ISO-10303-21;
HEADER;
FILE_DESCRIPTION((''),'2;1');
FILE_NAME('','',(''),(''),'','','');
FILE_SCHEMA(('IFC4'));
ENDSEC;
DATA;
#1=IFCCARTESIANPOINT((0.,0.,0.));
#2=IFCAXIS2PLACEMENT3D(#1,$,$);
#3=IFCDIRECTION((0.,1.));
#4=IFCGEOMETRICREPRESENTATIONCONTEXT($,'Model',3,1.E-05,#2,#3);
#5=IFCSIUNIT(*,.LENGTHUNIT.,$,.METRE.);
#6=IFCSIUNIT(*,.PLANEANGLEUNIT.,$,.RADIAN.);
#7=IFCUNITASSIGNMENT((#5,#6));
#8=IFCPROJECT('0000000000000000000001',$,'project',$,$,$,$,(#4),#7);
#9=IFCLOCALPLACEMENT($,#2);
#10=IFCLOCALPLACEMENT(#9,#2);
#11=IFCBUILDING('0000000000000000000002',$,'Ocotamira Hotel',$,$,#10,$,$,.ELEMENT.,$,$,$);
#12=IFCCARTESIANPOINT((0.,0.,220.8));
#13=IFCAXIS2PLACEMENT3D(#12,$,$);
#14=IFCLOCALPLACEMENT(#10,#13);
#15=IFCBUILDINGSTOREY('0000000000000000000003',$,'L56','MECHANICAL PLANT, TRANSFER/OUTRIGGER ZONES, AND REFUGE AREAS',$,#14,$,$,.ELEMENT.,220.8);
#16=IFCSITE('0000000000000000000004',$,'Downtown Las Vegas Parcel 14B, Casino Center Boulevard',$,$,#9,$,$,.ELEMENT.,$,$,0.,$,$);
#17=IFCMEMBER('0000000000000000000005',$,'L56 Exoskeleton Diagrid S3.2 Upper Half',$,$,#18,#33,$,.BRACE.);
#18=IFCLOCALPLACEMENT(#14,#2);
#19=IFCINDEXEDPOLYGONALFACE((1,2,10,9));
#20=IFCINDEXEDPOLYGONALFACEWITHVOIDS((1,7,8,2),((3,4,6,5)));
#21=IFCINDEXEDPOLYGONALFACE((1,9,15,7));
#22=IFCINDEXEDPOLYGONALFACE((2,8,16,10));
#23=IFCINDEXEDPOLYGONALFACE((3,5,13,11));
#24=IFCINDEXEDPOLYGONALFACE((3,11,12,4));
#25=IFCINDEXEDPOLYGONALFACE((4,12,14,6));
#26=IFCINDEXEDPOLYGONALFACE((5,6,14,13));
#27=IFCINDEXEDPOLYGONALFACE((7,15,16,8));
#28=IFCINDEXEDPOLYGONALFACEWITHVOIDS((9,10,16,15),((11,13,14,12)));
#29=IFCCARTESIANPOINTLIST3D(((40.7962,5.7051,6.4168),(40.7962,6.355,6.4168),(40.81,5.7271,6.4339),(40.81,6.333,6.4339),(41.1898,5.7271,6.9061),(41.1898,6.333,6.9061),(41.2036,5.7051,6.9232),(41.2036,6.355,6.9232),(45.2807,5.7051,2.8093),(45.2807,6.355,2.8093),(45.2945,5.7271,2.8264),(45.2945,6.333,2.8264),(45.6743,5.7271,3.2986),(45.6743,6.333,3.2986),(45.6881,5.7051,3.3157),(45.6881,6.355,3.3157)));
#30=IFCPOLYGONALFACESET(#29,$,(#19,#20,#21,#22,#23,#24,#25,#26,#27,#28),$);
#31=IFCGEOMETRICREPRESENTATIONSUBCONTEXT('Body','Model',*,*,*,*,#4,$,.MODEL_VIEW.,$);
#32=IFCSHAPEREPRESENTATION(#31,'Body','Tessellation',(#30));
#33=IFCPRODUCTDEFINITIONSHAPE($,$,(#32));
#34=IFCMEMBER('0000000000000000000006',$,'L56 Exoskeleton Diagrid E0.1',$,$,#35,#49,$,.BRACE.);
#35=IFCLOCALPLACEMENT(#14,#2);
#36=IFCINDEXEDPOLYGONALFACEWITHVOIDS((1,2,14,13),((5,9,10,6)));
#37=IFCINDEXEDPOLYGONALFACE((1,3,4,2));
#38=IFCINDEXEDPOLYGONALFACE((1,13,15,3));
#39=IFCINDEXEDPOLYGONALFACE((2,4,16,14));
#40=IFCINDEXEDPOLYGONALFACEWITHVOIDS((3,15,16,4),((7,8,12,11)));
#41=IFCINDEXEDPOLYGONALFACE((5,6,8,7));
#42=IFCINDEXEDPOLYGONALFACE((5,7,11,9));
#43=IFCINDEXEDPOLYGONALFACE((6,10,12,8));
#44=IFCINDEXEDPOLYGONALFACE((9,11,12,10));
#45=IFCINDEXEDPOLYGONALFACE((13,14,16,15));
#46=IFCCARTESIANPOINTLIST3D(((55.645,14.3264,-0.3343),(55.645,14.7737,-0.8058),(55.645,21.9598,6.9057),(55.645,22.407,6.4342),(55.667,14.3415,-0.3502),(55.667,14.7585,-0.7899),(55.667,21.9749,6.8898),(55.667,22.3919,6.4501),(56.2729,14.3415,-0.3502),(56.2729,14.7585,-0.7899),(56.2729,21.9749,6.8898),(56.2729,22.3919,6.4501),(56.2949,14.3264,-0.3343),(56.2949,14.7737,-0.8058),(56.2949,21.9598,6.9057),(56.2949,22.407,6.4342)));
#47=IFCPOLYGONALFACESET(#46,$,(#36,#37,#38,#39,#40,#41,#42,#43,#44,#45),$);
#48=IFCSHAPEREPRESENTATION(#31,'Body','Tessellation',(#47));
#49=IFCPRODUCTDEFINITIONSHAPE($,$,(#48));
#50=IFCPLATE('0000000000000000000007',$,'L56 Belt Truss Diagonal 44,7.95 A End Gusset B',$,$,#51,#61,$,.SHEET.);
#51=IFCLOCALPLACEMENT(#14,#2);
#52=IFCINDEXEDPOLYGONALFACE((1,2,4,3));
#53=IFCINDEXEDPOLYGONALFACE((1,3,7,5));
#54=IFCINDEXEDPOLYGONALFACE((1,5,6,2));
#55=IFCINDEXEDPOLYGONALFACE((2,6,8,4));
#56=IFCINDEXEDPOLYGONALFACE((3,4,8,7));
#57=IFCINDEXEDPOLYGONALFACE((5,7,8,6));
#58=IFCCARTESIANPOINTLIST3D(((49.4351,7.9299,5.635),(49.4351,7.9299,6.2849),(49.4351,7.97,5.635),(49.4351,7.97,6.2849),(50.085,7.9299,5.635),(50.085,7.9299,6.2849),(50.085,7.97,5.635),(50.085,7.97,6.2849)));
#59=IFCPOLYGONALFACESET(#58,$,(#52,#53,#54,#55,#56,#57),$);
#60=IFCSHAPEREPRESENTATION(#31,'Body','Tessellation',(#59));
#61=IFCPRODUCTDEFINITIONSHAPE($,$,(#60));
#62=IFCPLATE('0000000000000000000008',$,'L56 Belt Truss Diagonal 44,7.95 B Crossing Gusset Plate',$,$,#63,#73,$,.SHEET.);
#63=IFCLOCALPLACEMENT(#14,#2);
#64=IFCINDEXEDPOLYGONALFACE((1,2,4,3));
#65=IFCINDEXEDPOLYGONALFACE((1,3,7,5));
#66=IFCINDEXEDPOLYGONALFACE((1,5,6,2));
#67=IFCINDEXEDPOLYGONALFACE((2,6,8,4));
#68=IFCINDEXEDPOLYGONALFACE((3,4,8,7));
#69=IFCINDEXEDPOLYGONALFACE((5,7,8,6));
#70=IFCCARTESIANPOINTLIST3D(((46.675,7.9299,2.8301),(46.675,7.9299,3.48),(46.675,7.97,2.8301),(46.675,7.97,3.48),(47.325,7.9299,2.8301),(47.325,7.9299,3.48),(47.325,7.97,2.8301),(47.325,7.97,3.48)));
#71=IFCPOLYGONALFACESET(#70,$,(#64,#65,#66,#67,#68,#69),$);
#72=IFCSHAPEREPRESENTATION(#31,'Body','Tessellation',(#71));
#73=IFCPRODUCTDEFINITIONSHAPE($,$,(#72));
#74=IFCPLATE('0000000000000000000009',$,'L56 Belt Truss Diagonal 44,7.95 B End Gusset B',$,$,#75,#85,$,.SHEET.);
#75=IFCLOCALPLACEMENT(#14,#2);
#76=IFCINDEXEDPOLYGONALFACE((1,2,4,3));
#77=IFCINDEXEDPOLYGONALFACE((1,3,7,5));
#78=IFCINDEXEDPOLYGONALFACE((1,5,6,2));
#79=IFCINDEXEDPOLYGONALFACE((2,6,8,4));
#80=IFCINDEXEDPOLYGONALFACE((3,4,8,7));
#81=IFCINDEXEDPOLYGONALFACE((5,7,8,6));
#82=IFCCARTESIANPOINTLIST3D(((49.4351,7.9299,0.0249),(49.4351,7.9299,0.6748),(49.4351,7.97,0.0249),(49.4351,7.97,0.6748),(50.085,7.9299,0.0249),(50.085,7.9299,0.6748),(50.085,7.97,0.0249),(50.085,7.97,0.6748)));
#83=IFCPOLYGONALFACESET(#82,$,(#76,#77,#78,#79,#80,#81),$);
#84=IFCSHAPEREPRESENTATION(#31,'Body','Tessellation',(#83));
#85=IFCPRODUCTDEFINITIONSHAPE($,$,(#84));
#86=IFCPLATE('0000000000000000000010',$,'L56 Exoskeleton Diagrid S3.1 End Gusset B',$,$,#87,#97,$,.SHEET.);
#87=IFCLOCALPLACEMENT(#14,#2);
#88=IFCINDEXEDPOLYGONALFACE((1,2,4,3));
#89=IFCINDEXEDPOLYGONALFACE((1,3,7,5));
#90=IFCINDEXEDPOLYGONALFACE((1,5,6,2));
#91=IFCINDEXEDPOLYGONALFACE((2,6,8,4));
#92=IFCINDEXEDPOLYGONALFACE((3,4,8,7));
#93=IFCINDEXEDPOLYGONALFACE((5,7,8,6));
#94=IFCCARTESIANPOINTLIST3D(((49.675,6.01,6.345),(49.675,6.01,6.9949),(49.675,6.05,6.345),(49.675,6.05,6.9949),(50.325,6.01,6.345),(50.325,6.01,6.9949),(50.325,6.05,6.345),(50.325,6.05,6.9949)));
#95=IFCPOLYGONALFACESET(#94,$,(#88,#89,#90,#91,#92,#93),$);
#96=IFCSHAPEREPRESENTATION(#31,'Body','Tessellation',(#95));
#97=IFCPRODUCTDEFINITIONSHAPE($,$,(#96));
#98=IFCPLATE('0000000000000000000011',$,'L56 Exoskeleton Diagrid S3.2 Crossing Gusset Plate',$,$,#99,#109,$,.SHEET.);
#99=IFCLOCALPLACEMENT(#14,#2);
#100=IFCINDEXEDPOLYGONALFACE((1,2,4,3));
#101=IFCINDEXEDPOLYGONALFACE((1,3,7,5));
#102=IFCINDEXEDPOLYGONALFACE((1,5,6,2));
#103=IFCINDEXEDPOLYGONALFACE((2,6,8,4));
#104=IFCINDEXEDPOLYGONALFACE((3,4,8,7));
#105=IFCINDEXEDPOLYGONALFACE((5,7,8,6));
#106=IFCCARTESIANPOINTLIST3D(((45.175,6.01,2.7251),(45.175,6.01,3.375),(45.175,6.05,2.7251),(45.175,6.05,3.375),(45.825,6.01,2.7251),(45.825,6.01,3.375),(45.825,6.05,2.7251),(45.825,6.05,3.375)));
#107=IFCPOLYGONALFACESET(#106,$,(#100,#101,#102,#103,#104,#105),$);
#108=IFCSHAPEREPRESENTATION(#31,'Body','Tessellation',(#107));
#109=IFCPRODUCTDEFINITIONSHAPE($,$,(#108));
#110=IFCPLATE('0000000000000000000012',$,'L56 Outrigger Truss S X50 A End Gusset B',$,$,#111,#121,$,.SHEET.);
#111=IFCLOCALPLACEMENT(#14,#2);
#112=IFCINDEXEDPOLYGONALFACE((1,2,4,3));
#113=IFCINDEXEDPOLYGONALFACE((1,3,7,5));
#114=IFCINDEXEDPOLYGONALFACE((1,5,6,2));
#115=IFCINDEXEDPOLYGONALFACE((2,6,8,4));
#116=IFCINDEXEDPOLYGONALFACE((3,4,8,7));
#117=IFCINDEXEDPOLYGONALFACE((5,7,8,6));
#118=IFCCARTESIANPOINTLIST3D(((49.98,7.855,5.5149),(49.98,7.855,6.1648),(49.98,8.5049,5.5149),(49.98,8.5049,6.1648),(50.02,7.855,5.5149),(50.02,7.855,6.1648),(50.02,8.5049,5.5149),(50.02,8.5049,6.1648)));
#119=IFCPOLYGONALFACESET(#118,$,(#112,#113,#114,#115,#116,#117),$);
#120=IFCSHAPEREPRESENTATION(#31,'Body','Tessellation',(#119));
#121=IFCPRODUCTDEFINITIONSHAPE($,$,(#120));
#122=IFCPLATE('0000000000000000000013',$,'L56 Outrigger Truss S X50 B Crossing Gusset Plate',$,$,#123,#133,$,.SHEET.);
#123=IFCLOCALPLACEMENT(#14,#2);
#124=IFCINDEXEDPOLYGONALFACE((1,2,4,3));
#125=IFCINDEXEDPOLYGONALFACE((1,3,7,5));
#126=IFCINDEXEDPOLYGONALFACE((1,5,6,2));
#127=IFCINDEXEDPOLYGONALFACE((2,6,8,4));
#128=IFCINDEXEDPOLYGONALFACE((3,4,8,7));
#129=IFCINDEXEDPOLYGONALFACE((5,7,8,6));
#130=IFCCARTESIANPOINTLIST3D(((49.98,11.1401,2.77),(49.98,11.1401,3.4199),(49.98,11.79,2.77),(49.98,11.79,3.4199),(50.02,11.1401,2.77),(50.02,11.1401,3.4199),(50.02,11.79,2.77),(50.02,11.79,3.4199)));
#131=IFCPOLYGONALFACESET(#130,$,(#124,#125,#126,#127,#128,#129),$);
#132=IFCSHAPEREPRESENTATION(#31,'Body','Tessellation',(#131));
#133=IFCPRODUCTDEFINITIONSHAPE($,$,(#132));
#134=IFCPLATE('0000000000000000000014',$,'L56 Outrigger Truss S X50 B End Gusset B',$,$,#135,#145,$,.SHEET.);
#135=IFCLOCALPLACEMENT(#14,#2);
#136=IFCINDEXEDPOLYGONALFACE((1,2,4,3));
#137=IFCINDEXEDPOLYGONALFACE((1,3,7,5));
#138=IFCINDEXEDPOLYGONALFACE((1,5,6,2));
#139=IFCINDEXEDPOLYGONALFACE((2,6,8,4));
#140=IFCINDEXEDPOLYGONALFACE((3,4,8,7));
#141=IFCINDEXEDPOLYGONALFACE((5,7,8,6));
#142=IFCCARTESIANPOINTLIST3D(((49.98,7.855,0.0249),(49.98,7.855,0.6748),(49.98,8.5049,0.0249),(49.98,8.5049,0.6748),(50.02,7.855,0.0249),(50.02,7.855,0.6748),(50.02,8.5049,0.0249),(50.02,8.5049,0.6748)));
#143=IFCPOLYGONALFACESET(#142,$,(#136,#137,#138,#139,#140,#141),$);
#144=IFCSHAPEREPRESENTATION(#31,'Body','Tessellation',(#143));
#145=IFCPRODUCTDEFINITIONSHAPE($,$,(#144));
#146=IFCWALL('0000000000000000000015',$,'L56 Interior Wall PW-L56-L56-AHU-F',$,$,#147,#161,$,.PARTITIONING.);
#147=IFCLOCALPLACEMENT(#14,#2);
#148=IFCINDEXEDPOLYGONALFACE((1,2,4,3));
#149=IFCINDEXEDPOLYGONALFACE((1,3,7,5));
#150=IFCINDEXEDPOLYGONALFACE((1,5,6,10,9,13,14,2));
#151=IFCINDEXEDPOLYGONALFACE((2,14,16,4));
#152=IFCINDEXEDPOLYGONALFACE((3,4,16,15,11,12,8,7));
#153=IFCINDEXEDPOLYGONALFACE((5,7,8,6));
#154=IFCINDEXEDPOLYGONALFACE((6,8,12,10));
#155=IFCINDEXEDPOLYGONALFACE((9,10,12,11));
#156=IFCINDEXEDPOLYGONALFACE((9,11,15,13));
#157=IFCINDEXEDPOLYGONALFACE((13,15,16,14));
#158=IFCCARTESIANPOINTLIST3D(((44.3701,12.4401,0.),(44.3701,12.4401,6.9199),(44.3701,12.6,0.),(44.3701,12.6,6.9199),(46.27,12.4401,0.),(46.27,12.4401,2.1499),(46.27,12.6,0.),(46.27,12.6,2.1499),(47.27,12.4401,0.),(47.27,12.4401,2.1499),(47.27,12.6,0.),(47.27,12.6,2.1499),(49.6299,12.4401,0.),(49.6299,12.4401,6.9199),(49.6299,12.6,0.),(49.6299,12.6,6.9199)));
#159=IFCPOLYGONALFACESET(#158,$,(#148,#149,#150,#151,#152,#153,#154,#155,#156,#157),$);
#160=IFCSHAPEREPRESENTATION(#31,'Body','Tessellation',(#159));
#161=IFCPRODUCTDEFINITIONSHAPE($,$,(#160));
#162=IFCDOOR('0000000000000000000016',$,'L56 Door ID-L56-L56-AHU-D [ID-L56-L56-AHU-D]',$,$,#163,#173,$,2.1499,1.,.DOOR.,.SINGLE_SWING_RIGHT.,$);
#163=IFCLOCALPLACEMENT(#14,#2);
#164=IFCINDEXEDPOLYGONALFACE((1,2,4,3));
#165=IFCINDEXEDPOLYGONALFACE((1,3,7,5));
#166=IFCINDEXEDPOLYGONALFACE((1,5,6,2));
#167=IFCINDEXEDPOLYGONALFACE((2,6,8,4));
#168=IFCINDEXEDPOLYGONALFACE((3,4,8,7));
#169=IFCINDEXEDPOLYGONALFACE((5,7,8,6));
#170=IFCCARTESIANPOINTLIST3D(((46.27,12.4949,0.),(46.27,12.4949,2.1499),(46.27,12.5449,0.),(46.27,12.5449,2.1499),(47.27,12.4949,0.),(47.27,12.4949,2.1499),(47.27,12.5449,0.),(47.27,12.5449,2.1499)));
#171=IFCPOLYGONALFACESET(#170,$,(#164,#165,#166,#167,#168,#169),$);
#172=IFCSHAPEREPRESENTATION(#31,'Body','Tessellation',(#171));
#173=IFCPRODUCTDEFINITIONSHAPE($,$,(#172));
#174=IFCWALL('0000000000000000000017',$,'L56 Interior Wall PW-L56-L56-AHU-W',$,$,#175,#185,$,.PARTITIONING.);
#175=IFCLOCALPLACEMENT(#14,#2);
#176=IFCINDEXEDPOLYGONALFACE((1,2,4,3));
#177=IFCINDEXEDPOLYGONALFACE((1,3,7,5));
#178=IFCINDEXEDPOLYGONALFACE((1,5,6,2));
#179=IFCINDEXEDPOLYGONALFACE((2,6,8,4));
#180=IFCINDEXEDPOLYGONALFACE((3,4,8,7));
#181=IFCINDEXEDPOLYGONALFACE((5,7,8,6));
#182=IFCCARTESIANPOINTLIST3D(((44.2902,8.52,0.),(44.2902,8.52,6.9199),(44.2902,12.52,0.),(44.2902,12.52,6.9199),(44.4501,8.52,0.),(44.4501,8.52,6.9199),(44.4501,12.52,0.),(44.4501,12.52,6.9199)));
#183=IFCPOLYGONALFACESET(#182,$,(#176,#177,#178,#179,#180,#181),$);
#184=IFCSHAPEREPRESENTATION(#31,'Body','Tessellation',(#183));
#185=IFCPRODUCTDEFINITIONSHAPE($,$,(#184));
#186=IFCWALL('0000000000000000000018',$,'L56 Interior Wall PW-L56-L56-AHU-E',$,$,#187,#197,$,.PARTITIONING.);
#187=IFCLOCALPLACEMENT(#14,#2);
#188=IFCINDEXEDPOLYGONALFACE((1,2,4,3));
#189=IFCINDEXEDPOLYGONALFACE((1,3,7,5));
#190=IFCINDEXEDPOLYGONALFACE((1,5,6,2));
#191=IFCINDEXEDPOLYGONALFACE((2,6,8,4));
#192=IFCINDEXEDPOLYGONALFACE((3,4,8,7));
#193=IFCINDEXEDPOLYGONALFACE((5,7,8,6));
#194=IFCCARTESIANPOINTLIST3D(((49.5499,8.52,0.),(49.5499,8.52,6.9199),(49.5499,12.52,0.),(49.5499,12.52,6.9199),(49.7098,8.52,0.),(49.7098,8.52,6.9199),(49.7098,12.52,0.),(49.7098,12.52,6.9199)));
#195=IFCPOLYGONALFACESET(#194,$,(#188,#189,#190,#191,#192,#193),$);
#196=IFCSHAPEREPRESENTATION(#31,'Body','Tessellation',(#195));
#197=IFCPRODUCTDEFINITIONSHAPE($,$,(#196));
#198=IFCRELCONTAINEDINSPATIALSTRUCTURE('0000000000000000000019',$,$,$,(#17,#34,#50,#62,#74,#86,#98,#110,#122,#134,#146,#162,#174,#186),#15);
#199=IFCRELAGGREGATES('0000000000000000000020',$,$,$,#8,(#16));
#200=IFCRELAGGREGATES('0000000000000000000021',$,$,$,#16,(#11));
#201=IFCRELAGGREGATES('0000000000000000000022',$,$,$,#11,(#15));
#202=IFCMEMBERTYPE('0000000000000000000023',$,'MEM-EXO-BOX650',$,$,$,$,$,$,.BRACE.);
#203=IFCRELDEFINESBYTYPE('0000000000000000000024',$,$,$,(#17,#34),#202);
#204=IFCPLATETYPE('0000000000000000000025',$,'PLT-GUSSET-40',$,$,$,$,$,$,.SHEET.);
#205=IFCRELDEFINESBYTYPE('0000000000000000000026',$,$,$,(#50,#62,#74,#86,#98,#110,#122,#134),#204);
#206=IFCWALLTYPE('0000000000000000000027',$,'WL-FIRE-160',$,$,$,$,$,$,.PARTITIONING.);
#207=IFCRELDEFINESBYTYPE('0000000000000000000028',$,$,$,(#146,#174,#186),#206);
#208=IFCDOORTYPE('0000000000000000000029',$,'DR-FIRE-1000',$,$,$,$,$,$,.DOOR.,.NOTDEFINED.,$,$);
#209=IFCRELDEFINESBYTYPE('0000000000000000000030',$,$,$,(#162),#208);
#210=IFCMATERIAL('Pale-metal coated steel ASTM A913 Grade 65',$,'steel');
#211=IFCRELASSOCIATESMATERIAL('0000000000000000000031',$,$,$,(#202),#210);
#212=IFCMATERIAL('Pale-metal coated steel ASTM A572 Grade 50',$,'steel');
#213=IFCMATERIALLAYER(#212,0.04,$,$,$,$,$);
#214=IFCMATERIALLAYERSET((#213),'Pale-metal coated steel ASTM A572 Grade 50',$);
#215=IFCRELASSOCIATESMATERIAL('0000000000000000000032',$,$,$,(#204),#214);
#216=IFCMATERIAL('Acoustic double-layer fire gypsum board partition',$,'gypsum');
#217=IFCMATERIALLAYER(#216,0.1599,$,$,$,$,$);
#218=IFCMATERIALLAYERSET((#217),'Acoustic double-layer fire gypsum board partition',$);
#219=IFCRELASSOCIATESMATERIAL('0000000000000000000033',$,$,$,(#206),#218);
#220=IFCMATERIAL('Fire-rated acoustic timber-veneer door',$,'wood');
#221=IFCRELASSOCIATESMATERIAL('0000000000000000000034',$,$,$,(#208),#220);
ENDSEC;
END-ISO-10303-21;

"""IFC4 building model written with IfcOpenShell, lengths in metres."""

from ifc_helpers import new_model, si_unit, direction, frame, frame_2d, origin, origin_2d, place, context, subcontext, project, spatial, rectangle, hollow_rectangle, extrude, source, transform, mapped, material, layer, layer_set, material_profile, profile_set, type_object, element, fill, save


model = new_model("IFC4")

# Units and contexts
model_context = context("Model", 3, precision=1e-05, world=origin(), true_north=direction((0.0, 1.0)))
body_context = subcontext(model_context, "Body", "Model", "MODEL_VIEW")
ifc_project = project(units=[si_unit("LENGTHUNIT", "METRE"), si_unit("PLANEANGLEUNIT", "RADIAN")], contexts=[model_context])

# Site, building, storey
site_placement = place(None, origin())
site = spatial("IfcSite", under=ifc_project, at=site_placement, Name="Downtown Las Vegas Parcel 14B, Casino Center Boulevard", CompositionType="ELEMENT", RefElevation=0.0)
building_placement = place(site_placement, origin())
building = spatial("IfcBuilding", under=site, at=building_placement, Name="Ocotamira Hotel", CompositionType="ELEMENT")
storey_placement = place(building_placement, frame((0.0, 0.0, 220.8)))
storey = spatial("IfcBuildingStorey", under=building, at=storey_placement, Name="L56", Description="MECHANICAL PLANT, TRANSFER/OUTRIGGER ZONES, AND REFUGE AREAS", CompositionType="ELEMENT", Elevation=220.8)

# Members
ifc_material_1 = material(Name="Pale-metal coated steel ASTM A913 Grade 65", Category="steel")
ifc_material_profile_1 = material_profile(ifc_material_1, hollow_rectangle(XDim=0.6499, YDim=0.6499, WallThickness=0.022, at=origin_2d()), Name="BOX650X650X22")
ifc_profile_set_1 = profile_set([ifc_material_profile_1], Name="Pale-metal coated steel ASTM A913 Grade 65")
member_type_1 = type_object("IfcMemberType", Name="MEM-EXO-BOX650", PredefinedType="BRACE", material=ifc_profile_set_1)
shared_shape_1 = source(origin(), body_context, "Body", "SweptSolid", [
    extrude(hollow_rectangle(XDim=0.6499, YDim=0.6499, WallThickness=0.022, at=origin_2d()), origin(), (0.0, 0.0, 1.0), 5.7554),
])
for number, where, z_axis, x_axis, name in (
    (1, (45.4844, 6.03, 3.0625), (-0.779177, 0.0, 0.626803), (0.0, -1.0, 0.0), "L56 Exoskeleton Diagrid S3.2 Upper Half"),
):
    element("IfcMember", number, at=place(storey_placement, frame(where, z_axis=z_axis, x_axis=x_axis)), inside=storey, type_object=member_type_1, Name=name, PredefinedType="BRACE", context=body_context, shape_type="MappedRepresentation", body=[
        mapped(shared_shape_1, transform((0.0, 0.0, 0.0), scale=1.0)),
    ])
shared_shape_2 = source(origin(), body_context, "Body", "SweptSolid", [
    extrude(hollow_rectangle(XDim=0.6499, YDim=0.6499, WallThickness=0.022, at=origin_2d()), origin(), (0.0, 0.0, 1.0), 10.5208),
])
member_1_placement = place(storey_placement, frame((55.97, 14.55, -0.5701), z_axis=(0.0, 0.725552, 0.688167), x_axis=(-1.0, 0.0, 0.0)))
element("IfcMember", 2, at=member_1_placement, inside=storey, type_object=member_type_1, Name="L56 Exoskeleton Diagrid E0.1", PredefinedType="BRACE", context=body_context, shape_type="MappedRepresentation", body=[
    mapped(shared_shape_2, transform((0.0, 0.0, 0.0), scale=1.0)),
])

# Plates
ifc_material_2 = material(Name="Pale-metal coated steel ASTM A572 Grade 50", Category="steel")
ifc_layer_1 = layer(ifc_material_2, 0.04)
ifc_layer_set_1 = layer_set([ifc_layer_1], Name="Pale-metal coated steel ASTM A572 Grade 50")
plate_type = type_object("IfcPlateType", Name="PLT-GUSSET-40", PredefinedType="SHEET", material=ifc_layer_set_1)
shared_shape_3 = source(origin(), body_context, "Body", "SweptSolid", [
    extrude(rectangle(XDim=0.6499, YDim=0.04, at=origin_2d()), origin(), (0.0, 0.0, 1.0), 0.6499),
])
for number, where, z_axis, x_axis, name in (
    (3, (49.76, 7.95, 5.635), (0.0, 0.0, 1.0), (1.0, 0.0, 0.0), "L56 Belt Truss Diagonal 44,7.95 A End Gusset B"),
    (4, (47.0, 7.95, 2.8301), (0.0, 0.0, 1.0), (1.0, 0.0, 0.0), "L56 Belt Truss Diagonal 44,7.95 B Crossing Gusset Plate"),
    (5, (49.76, 7.95, 0.0249), (0.0, 0.0, 1.0), (1.0, 0.0, 0.0), "L56 Belt Truss Diagonal 44,7.95 B End Gusset B"),
    (6, (50.0, 6.03, 6.345), (0.0, 0.0, 1.0), (1.0, 0.0, 0.0), "L56 Exoskeleton Diagrid S3.1 End Gusset B"),
    (7, (45.5, 6.03, 2.7251), (0.0, 0.0, 1.0), (-1.0, 0.0, 0.0), "L56 Exoskeleton Diagrid S3.2 Crossing Gusset Plate"),
):
    element("IfcPlate", number, at=place(storey_placement, frame(where, z_axis=z_axis, x_axis=x_axis)), inside=storey, type_object=plate_type, Name=name, PredefinedType="SHEET", context=body_context, shape_type="MappedRepresentation", body=[
        mapped(shared_shape_3, transform((0.0, 0.0, 0.0), scale=1.0)),
    ])
shared_shape_4 = source(origin(), body_context, "Body", "SweptSolid", [
    extrude(rectangle(XDim=0.04, YDim=0.6499, at=origin_2d()), origin(), (0.0, 0.0, 1.0), 0.6499),
])
for number, where, z_axis, x_axis, name in (
    (8, (50.0, 8.1799, 5.5149), (0.0, 0.0, 1.0), (1.0, 0.0, 0.0), "L56 Outrigger Truss S X50 A End Gusset B"),
    (9, (50.0, 11.4651, 2.77), (0.0, 0.0, 1.0), (1.0, 0.0, 0.0), "L56 Outrigger Truss S X50 B Crossing Gusset Plate"),
    (10, (50.0, 8.1799, 0.0249), (0.0, 0.0, 1.0), (1.0, 0.0, 0.0), "L56 Outrigger Truss S X50 B End Gusset B"),
):
    element("IfcPlate", number, at=place(storey_placement, frame(where, z_axis=z_axis, x_axis=x_axis)), inside=storey, type_object=plate_type, Name=name, PredefinedType="SHEET", context=body_context, shape_type="MappedRepresentation", body=[
        mapped(shared_shape_4, transform((0.0, 0.0, 0.0), scale=1.0)),
    ])

# Wall, opening, door
ifc_material_3 = material(Name="Acoustic double-layer fire gypsum board partition", Category="gypsum")
ifc_layer_2 = layer(ifc_material_3, 0.1599)
ifc_layer_set_2 = layer_set([ifc_layer_2], Name="Acoustic double-layer fire gypsum board partition")
wall_type = type_object("IfcWallType", Name="WL-FIRE-160", PredefinedType="PARTITIONING", material=ifc_layer_set_2)
wall_placement = place(storey_placement, frame((44.3701, 12.52, 0.0), z_axis=(0.0, 0.0, 1.0), x_axis=(1.0, 0.0, 0.0)))
wall = element("IfcWall", 11, at=wall_placement, inside=storey, type_object=wall_type, Name="L56 Interior Wall PW-L56-L56-AHU-F", PredefinedType="PARTITIONING", context=body_context, shape_type="SweptSolid", body=[
    extrude(rectangle(XDim=5.2598, YDim=0.1599, at=frame_2d((2.6299, 0.0))), origin(), (0.0, 0.0, 1.0), 6.9199),
])
opening_placement = place(wall_placement, frame((1.8999, 0.0, 0.0)))
opening = element("IfcOpeningElement", 12, at=opening_placement, cuts=wall, PredefinedType="OPENING", context=body_context, shape_type="SweptSolid", body=[
    extrude(rectangle(XDim=1.0, YDim=2.1499, at=frame_2d((0.5, 1.075))), frame((0.0, 0.0898, 0.0), z_axis=(0.0, -1.0, 0.0), x_axis=(1.0, 0.0, 0.0)), (0.0, 0.0, 1.0), 0.1799),
])
ifc_material_4 = material(Name="Fire-rated acoustic timber-veneer door", Category="wood")
door_type = type_object("IfcDoorType", Name="DR-FIRE-1000", OperationType="NOTDEFINED", PredefinedType="DOOR", material=ifc_material_4)
shared_shape_5 = source(origin(), body_context, "Body", "SweptSolid", [
    extrude(rectangle(XDim=1.0, YDim=2.1499, at=frame_2d((0.5, 1.075))), frame((0.0, 0.0249, 0.0), z_axis=(0.0, -1.0, 0.0), x_axis=(1.0, 0.0, 0.0)), (0.0, 0.0, 1.0), 0.05),
])
door_placement = place(opening_placement, origin())
door = element("IfcDoor", 13, at=door_placement, inside=storey, type_object=door_type, Name="L56 Door ID-L56-L56-AHU-D [ID-L56-L56-AHU-D]", OperationType="SINGLE_SWING_RIGHT", OverallHeight=2.1499, OverallWidth=1.0, PredefinedType="DOOR", context=body_context, shape_type="MappedRepresentation", body=[
    mapped(shared_shape_5, transform((0.0, 0.0, 0.0), scale=1.0)),
])
fill(opening, door)

# Walls
for number, where, z_axis, x_axis, name in (
    (14, (44.3701, 8.52, 0.0), (0.0, 0.0, 1.0), (0.0, 1.0, 0.0), "L56 Interior Wall PW-L56-L56-AHU-W"),
    (15, (49.6299, 8.52, 0.0), (0.0, 0.0, 1.0), (0.0, 1.0, 0.0), "L56 Interior Wall PW-L56-L56-AHU-E"),
):
    element("IfcWall", number, at=place(storey_placement, frame(where, z_axis=z_axis, x_axis=x_axis)), inside=storey, type_object=wall_type, Name=name, PredefinedType="PARTITIONING", context=body_context, shape_type="SweptSolid", body=[
        extrude(rectangle(XDim=4.0, YDim=0.1599, at=frame_2d((2.0, 0.0))), origin(), (0.0, 0.0, 1.0), 6.9199),
    ])

save(model, "model.ifc")
